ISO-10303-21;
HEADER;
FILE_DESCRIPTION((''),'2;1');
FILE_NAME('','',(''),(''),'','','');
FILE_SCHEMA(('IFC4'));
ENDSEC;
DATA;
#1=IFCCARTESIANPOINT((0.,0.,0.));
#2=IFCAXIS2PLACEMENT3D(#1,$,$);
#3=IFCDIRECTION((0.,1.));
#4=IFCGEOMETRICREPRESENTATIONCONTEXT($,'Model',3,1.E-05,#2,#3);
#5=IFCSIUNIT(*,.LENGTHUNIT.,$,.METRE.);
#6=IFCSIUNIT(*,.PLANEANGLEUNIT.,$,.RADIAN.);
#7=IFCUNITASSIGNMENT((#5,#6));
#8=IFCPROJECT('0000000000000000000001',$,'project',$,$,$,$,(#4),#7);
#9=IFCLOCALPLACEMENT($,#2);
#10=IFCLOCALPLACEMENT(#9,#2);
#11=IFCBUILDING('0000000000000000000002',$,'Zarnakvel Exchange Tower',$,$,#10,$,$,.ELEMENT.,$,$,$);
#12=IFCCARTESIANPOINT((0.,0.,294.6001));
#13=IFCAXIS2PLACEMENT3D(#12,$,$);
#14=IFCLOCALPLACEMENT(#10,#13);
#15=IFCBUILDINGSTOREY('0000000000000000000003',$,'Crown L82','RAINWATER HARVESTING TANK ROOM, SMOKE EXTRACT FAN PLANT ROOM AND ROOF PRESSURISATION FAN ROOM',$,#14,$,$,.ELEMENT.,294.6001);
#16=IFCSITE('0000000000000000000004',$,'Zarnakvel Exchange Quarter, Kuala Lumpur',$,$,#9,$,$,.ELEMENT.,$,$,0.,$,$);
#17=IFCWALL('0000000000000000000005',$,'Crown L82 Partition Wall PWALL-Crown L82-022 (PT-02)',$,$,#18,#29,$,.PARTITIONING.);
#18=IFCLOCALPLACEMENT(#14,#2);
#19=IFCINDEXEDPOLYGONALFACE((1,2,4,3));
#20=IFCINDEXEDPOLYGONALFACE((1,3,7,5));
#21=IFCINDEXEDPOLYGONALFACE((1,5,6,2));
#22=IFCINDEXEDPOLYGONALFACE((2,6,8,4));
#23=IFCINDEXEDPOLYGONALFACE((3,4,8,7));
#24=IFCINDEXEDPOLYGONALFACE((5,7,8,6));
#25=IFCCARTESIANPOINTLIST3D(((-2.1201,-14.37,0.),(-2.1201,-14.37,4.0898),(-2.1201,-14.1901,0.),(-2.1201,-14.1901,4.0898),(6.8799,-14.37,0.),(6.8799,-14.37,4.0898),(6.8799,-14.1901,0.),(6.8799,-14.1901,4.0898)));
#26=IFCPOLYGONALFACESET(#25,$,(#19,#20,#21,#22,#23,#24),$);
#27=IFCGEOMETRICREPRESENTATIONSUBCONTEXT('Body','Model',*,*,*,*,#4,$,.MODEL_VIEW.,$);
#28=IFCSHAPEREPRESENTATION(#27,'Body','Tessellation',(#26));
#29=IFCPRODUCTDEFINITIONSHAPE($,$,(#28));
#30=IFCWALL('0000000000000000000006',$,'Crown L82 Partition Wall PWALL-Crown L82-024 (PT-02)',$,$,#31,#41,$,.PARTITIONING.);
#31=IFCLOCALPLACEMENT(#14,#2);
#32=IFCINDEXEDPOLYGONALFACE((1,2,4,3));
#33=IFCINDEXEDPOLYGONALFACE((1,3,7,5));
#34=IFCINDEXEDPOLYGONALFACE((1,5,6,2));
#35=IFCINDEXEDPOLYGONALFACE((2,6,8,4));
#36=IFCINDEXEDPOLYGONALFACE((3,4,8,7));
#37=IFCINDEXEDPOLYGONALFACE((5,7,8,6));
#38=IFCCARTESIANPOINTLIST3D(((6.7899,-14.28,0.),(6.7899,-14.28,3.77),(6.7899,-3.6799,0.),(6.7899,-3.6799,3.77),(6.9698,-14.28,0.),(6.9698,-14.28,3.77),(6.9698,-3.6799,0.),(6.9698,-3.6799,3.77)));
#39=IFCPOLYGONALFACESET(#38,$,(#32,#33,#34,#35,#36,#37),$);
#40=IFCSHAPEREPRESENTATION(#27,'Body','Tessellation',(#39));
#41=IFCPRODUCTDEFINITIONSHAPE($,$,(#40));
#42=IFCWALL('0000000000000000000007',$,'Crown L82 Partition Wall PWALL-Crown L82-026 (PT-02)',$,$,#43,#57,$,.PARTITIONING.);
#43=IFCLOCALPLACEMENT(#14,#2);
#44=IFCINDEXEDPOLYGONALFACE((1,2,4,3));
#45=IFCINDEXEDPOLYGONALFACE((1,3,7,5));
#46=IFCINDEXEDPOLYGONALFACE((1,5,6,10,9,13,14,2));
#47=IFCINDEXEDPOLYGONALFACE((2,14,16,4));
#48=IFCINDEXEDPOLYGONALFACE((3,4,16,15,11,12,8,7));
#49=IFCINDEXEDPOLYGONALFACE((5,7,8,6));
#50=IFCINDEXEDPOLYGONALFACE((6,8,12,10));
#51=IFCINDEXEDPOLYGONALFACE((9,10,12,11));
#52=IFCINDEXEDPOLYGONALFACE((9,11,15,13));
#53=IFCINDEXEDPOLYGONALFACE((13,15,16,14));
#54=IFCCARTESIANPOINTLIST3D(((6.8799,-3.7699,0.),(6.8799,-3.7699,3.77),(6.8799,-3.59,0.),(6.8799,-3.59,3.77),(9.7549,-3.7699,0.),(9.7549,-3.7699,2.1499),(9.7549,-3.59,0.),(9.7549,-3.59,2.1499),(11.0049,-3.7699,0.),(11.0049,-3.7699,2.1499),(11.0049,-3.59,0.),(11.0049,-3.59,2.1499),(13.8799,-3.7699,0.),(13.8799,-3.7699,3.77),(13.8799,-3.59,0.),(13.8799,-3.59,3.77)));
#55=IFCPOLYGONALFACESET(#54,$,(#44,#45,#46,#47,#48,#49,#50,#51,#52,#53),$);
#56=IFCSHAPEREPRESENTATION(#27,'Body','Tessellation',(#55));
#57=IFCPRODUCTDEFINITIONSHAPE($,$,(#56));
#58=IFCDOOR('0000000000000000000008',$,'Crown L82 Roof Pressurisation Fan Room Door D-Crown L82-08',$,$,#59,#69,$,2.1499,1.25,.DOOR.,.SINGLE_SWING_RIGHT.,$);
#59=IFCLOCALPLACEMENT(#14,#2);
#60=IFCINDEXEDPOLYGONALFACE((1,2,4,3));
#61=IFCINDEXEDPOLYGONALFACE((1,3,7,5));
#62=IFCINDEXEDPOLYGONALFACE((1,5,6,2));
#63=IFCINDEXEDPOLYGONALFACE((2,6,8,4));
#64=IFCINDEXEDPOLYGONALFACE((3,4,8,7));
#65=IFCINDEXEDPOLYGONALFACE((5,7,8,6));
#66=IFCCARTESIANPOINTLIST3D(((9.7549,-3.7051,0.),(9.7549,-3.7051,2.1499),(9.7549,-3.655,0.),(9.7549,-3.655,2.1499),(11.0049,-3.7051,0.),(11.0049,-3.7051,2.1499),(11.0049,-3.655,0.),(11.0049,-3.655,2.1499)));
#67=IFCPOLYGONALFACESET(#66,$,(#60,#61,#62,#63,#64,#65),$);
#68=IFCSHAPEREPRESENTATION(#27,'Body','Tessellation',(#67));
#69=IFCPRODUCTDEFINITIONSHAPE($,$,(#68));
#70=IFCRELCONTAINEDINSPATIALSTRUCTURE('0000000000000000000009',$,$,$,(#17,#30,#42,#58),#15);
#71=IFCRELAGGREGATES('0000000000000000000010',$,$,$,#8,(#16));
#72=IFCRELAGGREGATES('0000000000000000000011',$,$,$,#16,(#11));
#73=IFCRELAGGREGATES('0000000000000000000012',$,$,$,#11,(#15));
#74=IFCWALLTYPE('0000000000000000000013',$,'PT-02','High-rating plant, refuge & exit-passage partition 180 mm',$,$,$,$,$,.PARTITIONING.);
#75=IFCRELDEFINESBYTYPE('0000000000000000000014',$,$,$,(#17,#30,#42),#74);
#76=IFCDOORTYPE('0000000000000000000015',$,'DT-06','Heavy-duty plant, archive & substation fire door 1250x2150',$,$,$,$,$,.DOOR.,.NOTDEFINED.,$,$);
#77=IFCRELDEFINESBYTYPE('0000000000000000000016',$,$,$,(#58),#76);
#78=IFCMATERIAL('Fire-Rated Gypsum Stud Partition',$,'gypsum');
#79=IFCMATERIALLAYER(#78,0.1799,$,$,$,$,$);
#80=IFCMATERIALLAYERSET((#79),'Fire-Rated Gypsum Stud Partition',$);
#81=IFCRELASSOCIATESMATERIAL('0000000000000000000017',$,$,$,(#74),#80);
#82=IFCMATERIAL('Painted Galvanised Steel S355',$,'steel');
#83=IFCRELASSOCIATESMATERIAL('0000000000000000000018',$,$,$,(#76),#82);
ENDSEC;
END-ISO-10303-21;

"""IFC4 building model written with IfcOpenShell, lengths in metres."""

from ifc_helpers import new_model, si_unit, direction, frame, frame_2d, origin, place, context, subcontext, project, spatial, rectangle, extrude, source, transform, mapped, material, layer, layer_set, type_object, element, fill, save


model = new_model("IFC4")

# Units and contexts
model_context = context("Model", 3, precision=1e-05, world=origin(), true_north=direction((0.0, 1.0)))
body_context = subcontext(model_context, "Body", "Model", "MODEL_VIEW")
ifc_project = project(units=[si_unit("LENGTHUNIT", "METRE"), si_unit("PLANEANGLEUNIT", "RADIAN")], contexts=[model_context])

# Site, building, storey
site_placement = place(None, origin())
site = spatial("IfcSite", under=ifc_project, at=site_placement, Name="Zarnakvel Exchange Quarter, Kuala Lumpur", CompositionType="ELEMENT", RefElevation=0.0)
building_placement = place(site_placement, origin())
building = spatial("IfcBuilding", under=site, at=building_placement, Name="Zarnakvel Exchange Tower", CompositionType="ELEMENT")
storey_placement = place(building_placement, frame((0.0, 0.0, 294.6001)))
storey = spatial("IfcBuildingStorey", under=building, at=storey_placement, Name="Crown L82", Description="RAINWATER HARVESTING TANK ROOM, SMOKE EXTRACT FAN PLANT ROOM AND ROOF PRESSURISATION FAN ROOM", CompositionType="ELEMENT", Elevation=294.6001)

# Walls
ifc_material_1 = material(Name="Fire-Rated Gypsum Stud Partition", Category="gypsum")
ifc_layer_1 = layer(ifc_material_1, 0.1799)
ifc_layer_set_1 = layer_set([ifc_layer_1], Name="Fire-Rated Gypsum Stud Partition")
wall_type_1 = type_object("IfcWallType", Name="PT-02", Description="High-rating plant, refuge & exit-passage partition 180 mm", PredefinedType="PARTITIONING", material=ifc_layer_set_1)
wall_1_placement = place(storey_placement, frame((6.8799, -14.28, 0.0), z_axis=(0.0, 0.0, 1.0), x_axis=(-1.0, 0.0, 0.0)))
element("IfcWall", 1, at=wall_1_placement, inside=storey, type_object=wall_type_1, Name="Crown L82 Partition Wall PWALL-Crown L82-022 (PT-02)", PredefinedType="PARTITIONING", context=body_context, shape_type="SweptSolid", body=[
    extrude(rectangle(XDim=9.0, YDim=0.1799, at=frame_2d((4.5, 0.0))), origin(), (0.0, 0.0, 1.0), 4.0898),
])
wall_2_placement = place(storey_placement, frame((6.8799, -3.6799, 0.0), z_axis=(0.0, 0.0, 1.0), x_axis=(0.0, -1.0, 0.0)))
element("IfcWall", 2, at=wall_2_placement, inside=storey, type_object=wall_type_1, Name="Crown L82 Partition Wall PWALL-Crown L82-024 (PT-02)", PredefinedType="PARTITIONING", context=body_context, shape_type="SweptSolid", body=[
    extrude(rectangle(XDim=10.6001, YDim=0.1799, at=frame_2d((5.3, 0.0))), origin(), (0.0, 0.0, 1.0), 3.77),
])

# Wall, opening, door
wall_3_placement = place(storey_placement, frame((6.8799, -3.6799, 0.0), z_axis=(0.0, 0.0, 1.0), x_axis=(1.0, 0.0, 0.0)))
wall_3 = element("IfcWall", 3, at=wall_3_placement, inside=storey, type_object=wall_type_1, Name="Crown L82 Partition Wall PWALL-Crown L82-026 (PT-02)", PredefinedType="PARTITIONING", context=body_context, shape_type="SweptSolid", body=[
    extrude(rectangle(XDim=7.0, YDim=0.1799, at=frame_2d((3.5, 0.0))), origin(), (0.0, 0.0, 1.0), 3.77),
])
opening_placement = place(wall_3_placement, frame((2.875, 0.0, 0.0)))
opening = element("IfcOpeningElement", 4, at=opening_placement, cuts=wall_3, PredefinedType="OPENING", context=body_context, shape_type="SweptSolid", body=[
    extrude(rectangle(XDim=1.25, YDim=2.1499, at=frame_2d((0.625, 1.075))), frame((0.0, 0.0999, 0.0), z_axis=(0.0, -1.0, 0.0), x_axis=(1.0, 0.0, 0.0)), (0.0, 0.0, 1.0), 0.2),
])
ifc_material_2 = material(Name="Painted Galvanised Steel S355", Category="steel")
door_type = type_object("IfcDoorType", Name="DT-06", Description="Heavy-duty plant, archive & substation fire door 1250x2150", OperationType="NOTDEFINED", PredefinedType="DOOR", material=ifc_material_2)
shared_shape_1 = source(origin(), body_context, "Body", "SweptSolid", [
    extrude(rectangle(XDim=1.25, YDim=2.1499, at=frame_2d((0.625, 1.075))), frame((0.0, 0.0249, 0.0), z_axis=(0.0, -1.0, 0.0), x_axis=(1.0, 0.0, 0.0)), (0.0, 0.0, 1.0), 0.05),
])
door_placement = place(opening_placement, origin())
door = element("IfcDoor", 5, at=door_placement, inside=storey, type_object=door_type, Name="Crown L82 Roof Pressurisation Fan Room Door D-Crown L82-08", OperationType="SINGLE_SWING_RIGHT", OverallHeight=2.1499, OverallWidth=1.25, PredefinedType="DOOR", context=body_context, shape_type="MappedRepresentation", body=[
    mapped(shared_shape_1, transform((0.0, 0.0, 0.0), x_axis=(1.0, 0.0, 0.0), y_axis=(0.0, 1.0, 0.0), z_axis=(0.0, 0.0, 1.0), scale=1.0)),
])
fill(opening, door)

save(model, "model.ifc")
